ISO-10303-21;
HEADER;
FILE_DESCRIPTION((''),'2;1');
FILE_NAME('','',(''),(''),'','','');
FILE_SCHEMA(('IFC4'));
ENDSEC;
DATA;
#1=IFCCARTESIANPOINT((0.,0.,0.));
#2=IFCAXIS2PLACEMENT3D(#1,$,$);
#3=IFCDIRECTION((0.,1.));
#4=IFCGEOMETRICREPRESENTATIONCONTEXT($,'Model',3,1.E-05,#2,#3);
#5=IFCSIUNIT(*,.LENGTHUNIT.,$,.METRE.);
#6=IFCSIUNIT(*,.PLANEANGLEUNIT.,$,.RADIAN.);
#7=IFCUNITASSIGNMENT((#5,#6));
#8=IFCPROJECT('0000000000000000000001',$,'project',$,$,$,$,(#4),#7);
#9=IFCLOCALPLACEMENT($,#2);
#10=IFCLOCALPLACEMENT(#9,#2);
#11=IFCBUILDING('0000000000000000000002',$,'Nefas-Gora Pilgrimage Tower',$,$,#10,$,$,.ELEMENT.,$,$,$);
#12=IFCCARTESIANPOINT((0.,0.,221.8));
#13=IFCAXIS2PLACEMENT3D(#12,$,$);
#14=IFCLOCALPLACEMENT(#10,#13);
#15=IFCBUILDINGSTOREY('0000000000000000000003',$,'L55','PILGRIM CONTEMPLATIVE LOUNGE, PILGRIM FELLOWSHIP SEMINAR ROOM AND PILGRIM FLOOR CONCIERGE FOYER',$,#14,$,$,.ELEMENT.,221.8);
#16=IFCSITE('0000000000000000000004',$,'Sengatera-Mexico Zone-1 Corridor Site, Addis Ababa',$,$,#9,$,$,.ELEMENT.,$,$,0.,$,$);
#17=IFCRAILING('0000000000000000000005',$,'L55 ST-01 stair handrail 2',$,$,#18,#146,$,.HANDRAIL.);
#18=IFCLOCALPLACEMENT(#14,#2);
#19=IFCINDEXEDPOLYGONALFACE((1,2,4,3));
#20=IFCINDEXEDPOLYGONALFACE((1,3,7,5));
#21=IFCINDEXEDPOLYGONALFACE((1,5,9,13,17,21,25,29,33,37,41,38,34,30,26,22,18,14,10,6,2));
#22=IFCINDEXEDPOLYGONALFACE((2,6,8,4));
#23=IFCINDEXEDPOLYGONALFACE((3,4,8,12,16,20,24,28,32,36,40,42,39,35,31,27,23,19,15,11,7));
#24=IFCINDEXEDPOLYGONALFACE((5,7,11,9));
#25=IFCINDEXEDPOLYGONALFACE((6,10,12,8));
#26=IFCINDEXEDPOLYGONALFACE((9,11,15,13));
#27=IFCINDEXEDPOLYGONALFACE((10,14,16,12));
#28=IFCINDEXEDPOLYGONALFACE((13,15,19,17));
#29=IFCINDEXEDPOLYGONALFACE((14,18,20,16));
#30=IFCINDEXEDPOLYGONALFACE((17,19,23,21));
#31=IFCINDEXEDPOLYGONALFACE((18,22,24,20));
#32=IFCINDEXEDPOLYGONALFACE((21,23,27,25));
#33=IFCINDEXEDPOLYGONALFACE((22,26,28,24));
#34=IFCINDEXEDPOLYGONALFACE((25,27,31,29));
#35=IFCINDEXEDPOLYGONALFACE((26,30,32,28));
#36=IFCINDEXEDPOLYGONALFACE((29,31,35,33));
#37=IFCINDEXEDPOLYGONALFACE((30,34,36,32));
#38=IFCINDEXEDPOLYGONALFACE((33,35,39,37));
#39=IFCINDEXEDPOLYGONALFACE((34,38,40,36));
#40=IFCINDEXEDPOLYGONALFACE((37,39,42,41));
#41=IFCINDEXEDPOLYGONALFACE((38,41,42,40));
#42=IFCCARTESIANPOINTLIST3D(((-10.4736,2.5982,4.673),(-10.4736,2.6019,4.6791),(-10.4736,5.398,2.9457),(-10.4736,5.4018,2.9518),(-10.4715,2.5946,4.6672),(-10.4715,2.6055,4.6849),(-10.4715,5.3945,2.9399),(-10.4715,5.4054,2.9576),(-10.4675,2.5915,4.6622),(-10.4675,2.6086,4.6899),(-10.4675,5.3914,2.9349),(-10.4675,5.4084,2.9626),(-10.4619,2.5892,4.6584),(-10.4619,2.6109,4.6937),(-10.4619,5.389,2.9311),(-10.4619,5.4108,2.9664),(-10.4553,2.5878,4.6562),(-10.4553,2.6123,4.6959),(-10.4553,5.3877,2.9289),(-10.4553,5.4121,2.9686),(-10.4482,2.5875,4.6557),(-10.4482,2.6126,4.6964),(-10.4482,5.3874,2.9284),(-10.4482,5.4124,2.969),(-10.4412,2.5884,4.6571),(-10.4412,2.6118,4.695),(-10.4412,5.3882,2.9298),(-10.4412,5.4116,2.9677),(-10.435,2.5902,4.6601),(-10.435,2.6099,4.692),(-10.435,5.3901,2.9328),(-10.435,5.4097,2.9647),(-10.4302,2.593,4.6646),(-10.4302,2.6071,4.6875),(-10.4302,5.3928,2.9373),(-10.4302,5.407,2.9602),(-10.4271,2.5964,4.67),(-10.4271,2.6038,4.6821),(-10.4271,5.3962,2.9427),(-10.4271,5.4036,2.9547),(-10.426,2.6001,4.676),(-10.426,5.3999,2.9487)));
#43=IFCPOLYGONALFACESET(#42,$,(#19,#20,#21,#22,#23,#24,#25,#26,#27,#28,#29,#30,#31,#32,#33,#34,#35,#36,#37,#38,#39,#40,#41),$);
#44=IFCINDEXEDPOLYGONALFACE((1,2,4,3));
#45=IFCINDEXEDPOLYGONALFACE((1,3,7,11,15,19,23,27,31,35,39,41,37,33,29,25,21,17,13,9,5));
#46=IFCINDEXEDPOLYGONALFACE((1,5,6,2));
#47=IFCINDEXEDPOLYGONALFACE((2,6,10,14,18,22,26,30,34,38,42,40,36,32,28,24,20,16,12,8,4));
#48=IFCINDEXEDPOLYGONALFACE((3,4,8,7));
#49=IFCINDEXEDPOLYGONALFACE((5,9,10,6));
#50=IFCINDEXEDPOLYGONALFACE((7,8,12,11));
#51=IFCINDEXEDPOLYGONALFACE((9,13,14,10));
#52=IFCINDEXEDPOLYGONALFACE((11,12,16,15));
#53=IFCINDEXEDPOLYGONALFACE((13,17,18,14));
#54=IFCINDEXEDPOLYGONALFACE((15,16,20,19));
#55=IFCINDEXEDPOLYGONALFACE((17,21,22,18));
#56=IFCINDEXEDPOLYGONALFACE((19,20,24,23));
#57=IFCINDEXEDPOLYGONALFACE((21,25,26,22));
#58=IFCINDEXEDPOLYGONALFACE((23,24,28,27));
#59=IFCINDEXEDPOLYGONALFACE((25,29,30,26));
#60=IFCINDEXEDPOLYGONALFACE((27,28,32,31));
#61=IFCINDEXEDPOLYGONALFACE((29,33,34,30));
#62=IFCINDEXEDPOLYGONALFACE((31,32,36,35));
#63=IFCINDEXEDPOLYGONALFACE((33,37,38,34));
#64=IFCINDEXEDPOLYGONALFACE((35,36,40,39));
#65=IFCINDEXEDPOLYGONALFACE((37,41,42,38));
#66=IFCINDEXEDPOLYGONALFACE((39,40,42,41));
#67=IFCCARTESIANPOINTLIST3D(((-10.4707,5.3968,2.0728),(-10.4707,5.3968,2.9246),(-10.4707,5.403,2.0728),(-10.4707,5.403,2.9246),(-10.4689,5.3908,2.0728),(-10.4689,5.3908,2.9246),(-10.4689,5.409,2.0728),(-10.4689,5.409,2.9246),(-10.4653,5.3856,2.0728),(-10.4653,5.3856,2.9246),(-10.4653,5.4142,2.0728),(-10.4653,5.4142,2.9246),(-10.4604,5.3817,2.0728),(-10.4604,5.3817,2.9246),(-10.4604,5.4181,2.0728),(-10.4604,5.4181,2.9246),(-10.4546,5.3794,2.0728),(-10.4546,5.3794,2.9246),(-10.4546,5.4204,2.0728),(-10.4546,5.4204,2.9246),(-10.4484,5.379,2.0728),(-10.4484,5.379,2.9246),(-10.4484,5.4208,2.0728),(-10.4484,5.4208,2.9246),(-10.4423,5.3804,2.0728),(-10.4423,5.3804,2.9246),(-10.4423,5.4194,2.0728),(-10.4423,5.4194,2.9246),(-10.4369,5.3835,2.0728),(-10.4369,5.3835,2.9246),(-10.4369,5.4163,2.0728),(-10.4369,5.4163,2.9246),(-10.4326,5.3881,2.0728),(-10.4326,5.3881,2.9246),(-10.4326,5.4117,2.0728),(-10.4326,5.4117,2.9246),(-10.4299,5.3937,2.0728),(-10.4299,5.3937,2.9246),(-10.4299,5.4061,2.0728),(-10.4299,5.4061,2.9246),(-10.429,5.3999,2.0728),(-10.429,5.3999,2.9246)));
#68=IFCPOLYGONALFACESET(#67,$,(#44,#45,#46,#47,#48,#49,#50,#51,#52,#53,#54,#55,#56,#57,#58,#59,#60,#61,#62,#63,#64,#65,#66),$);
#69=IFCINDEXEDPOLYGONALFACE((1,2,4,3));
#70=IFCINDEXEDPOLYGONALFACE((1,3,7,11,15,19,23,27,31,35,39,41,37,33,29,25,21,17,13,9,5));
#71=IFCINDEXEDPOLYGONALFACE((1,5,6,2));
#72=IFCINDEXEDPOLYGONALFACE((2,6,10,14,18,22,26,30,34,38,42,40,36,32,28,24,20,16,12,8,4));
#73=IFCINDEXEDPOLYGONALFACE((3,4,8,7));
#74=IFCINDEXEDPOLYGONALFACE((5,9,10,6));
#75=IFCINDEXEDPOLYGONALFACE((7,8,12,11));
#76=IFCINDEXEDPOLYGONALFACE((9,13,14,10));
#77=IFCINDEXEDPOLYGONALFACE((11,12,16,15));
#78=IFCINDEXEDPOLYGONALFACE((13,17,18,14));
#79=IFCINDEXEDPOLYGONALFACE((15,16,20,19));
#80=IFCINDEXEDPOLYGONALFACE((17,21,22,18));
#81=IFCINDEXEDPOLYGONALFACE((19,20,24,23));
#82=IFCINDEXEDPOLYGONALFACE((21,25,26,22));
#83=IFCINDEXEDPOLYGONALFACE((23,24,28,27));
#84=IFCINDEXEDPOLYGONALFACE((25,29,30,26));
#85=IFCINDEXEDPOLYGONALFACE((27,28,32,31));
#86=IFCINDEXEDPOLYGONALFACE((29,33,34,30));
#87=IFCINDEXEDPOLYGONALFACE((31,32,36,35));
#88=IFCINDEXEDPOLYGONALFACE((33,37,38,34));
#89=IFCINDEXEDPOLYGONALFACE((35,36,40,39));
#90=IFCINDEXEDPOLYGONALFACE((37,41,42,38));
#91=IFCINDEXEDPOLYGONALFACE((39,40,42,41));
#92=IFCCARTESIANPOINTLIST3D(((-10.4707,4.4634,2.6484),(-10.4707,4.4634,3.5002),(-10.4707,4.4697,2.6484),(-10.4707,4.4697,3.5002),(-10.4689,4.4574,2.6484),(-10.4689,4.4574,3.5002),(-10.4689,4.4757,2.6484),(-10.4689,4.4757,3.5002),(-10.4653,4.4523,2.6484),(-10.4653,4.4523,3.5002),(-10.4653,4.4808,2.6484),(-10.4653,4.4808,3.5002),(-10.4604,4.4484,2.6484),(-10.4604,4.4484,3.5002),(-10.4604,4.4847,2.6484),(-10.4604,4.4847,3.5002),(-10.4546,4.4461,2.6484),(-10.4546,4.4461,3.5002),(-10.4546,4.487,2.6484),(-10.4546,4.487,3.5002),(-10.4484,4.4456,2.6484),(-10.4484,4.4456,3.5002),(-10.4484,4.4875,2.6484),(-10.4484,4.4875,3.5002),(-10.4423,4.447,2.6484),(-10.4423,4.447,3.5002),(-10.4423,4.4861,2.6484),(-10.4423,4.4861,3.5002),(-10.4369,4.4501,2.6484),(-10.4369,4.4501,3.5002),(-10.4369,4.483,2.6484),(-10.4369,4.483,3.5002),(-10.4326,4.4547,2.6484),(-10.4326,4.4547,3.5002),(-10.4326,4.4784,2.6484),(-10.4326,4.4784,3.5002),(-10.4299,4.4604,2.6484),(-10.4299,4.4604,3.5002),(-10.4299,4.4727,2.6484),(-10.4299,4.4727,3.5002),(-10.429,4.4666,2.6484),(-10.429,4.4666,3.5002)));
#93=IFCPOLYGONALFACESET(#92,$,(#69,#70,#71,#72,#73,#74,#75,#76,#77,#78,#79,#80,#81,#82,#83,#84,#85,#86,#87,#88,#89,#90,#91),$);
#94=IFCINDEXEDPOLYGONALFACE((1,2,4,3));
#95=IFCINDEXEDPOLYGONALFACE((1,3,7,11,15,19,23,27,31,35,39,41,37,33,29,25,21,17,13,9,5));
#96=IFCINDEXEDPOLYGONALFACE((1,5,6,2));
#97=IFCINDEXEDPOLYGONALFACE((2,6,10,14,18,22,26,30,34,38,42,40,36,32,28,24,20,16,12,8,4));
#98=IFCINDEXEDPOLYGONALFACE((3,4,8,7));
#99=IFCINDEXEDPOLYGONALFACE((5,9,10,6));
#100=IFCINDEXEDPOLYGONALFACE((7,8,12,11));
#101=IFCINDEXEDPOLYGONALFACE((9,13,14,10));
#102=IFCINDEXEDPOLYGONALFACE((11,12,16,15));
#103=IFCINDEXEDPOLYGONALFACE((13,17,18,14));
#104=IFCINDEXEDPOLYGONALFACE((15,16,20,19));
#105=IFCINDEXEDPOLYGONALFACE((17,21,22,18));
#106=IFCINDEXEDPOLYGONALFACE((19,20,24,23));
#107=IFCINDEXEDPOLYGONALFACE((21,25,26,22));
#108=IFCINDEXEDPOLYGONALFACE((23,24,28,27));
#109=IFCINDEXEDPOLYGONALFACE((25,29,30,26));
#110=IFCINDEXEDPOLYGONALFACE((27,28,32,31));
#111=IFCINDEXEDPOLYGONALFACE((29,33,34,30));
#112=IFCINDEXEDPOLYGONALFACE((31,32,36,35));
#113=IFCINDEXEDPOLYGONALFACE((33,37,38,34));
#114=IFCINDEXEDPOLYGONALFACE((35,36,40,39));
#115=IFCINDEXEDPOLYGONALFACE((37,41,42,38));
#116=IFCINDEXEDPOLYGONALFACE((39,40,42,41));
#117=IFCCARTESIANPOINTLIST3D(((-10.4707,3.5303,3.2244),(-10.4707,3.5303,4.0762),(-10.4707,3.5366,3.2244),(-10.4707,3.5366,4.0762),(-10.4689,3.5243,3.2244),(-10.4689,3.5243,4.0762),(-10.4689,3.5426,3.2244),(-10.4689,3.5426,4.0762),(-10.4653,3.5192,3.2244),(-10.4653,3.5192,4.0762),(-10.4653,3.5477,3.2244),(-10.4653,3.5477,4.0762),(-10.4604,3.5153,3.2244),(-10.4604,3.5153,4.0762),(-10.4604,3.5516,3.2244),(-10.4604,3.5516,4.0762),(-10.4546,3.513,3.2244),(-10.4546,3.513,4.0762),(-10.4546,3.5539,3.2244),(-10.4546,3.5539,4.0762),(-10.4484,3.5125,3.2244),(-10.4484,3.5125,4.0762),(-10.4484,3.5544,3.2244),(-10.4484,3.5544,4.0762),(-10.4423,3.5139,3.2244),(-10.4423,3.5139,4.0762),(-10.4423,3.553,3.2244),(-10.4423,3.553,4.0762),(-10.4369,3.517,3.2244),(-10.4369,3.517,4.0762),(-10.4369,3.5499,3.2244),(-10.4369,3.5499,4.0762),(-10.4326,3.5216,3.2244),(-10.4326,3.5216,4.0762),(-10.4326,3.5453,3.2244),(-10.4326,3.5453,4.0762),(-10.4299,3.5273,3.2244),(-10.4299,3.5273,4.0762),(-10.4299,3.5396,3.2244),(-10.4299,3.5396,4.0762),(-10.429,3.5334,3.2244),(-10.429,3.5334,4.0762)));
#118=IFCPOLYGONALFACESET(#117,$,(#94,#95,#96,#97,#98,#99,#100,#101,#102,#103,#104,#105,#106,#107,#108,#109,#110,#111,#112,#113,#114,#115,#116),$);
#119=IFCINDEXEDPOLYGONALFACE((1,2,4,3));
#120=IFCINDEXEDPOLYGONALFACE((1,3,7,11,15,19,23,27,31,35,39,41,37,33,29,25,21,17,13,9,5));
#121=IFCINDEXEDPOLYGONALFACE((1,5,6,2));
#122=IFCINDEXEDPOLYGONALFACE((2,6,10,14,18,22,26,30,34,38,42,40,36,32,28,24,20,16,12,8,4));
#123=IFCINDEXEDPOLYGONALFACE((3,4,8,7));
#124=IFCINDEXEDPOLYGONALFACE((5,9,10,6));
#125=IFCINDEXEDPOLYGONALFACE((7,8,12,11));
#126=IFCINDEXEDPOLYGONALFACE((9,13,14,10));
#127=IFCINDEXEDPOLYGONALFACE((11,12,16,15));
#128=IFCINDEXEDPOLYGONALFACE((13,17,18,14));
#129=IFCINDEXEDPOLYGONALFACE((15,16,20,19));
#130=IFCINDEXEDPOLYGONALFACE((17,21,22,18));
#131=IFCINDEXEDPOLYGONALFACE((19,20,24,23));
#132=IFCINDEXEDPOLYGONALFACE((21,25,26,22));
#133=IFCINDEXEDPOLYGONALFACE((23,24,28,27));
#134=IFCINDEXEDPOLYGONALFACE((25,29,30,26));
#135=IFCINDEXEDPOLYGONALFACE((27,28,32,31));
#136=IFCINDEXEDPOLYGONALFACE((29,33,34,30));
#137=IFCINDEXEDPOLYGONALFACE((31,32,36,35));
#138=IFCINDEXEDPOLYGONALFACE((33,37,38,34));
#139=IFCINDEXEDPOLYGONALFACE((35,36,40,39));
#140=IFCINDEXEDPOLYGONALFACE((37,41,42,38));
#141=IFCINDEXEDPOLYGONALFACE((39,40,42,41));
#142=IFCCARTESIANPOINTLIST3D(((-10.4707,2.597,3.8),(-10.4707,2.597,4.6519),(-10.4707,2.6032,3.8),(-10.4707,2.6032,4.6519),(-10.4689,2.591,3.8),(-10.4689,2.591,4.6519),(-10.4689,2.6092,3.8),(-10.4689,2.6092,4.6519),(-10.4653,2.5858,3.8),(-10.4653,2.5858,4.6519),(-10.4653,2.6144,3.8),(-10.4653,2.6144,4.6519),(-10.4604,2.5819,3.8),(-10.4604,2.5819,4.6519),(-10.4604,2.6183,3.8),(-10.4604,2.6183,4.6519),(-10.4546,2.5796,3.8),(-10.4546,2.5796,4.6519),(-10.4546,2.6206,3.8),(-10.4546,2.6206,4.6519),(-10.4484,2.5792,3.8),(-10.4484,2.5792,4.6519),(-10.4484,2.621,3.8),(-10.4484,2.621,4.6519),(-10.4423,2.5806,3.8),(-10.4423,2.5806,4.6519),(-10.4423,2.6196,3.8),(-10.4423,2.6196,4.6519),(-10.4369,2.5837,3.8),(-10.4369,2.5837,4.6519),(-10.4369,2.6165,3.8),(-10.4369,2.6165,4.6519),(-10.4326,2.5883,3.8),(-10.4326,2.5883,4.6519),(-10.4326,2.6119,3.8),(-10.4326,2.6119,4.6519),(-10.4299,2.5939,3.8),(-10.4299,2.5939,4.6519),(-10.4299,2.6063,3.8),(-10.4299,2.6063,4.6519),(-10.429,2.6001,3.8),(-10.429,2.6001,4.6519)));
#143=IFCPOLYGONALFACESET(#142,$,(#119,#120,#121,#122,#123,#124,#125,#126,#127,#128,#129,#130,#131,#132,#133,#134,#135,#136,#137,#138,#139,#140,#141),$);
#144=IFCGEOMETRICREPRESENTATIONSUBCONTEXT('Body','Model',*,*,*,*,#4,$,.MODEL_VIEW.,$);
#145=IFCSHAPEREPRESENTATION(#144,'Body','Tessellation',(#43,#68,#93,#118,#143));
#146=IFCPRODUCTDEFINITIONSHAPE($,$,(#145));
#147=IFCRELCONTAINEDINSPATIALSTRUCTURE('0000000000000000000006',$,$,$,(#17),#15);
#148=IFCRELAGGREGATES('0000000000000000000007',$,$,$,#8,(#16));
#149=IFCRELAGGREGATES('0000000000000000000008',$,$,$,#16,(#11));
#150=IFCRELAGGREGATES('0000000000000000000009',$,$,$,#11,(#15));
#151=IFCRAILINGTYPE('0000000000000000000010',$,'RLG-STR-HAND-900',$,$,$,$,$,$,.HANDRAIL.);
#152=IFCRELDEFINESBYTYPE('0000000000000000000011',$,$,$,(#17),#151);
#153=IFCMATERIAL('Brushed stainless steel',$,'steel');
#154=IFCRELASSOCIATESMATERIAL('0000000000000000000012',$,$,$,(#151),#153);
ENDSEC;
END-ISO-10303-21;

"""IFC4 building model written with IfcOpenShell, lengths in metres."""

from ifc_helpers import new_model, si_unit, direction, frame, origin, origin_2d, place, context, subcontext, project, spatial, circle, extrude, material, type_object, element, save


model = new_model("IFC4")

# Units and contexts
model_context = context("Model", 3, precision=1e-05, world=origin(), true_north=direction((0.0, 1.0)))
body_context = subcontext(model_context, "Body", "Model", "MODEL_VIEW")
ifc_project = project(units=[si_unit("LENGTHUNIT", "METRE"), si_unit("PLANEANGLEUNIT", "RADIAN")], contexts=[model_context])

# Site, building, storey
site_placement = place(None, origin())
site = spatial("IfcSite", under=ifc_project, at=site_placement, Name="Sengatera-Mexico Zone-1 Corridor Site, Addis Ababa", CompositionType="ELEMENT", RefElevation=0.0)
building_placement = place(site_placement, origin())
building = spatial("IfcBuilding", under=site, at=building_placement, Name="Nefas-Gora Pilgrimage Tower", CompositionType="ELEMENT")
storey_placement = place(building_placement, frame((0.0, 0.0, 221.8)))
storey = spatial("IfcBuildingStorey", under=building, at=storey_placement, Name="L55", Description="PILGRIM CONTEMPLATIVE LOUNGE, PILGRIM FELLOWSHIP SEMINAR ROOM AND PILGRIM FLOOR CONCIERGE FOYER", CompositionType="ELEMENT", Elevation=221.8)

# Railing
ifc_material_1 = material(Name="Brushed stainless steel", Category="steel")
railing_type_1 = type_object("IfcRailingType", Name="RLG-STR-HAND-900", PredefinedType="HANDRAIL", material=ifc_material_1)
railing_1_placement = place(storey_placement, frame((-10.45, 5.3999, 2.0728)))
element("IfcRailing", 1, at=railing_1_placement, inside=storey, type_object=railing_type_1, Name="L55 ST-01 stair handrail 2", PredefinedType="HANDRAIL", context=body_context, shape_type="SweptSolid", body=[
    extrude(circle(Radius=0.0239, at=origin_2d()), frame((0.0, 0.0, 0.876), z_axis=(0.0, -0.851069, 0.525054), x_axis=(1.0, 0.0, 0.0)), (0.0, 0.0, 1.0), 3.2898),
    extrude(circle(Radius=0.021, at=origin_2d()), origin(), (0.0, 0.0, 1.0), 0.8518),
    extrude(circle(Radius=0.021, at=origin_2d()), frame((0.0, -0.9333, 0.5757)), (0.0, 0.0, 1.0), 0.8518),
    extrude(circle(Radius=0.021, at=origin_2d()), frame((0.0, -1.8665, 1.1516)), (0.0, 0.0, 1.0), 0.8518),
    extrude(circle(Radius=0.021, at=origin_2d()), frame((0.0, -2.7998, 1.7273)), (0.0, 0.0, 1.0), 0.8518),
])

save(model, "model.ifc")
